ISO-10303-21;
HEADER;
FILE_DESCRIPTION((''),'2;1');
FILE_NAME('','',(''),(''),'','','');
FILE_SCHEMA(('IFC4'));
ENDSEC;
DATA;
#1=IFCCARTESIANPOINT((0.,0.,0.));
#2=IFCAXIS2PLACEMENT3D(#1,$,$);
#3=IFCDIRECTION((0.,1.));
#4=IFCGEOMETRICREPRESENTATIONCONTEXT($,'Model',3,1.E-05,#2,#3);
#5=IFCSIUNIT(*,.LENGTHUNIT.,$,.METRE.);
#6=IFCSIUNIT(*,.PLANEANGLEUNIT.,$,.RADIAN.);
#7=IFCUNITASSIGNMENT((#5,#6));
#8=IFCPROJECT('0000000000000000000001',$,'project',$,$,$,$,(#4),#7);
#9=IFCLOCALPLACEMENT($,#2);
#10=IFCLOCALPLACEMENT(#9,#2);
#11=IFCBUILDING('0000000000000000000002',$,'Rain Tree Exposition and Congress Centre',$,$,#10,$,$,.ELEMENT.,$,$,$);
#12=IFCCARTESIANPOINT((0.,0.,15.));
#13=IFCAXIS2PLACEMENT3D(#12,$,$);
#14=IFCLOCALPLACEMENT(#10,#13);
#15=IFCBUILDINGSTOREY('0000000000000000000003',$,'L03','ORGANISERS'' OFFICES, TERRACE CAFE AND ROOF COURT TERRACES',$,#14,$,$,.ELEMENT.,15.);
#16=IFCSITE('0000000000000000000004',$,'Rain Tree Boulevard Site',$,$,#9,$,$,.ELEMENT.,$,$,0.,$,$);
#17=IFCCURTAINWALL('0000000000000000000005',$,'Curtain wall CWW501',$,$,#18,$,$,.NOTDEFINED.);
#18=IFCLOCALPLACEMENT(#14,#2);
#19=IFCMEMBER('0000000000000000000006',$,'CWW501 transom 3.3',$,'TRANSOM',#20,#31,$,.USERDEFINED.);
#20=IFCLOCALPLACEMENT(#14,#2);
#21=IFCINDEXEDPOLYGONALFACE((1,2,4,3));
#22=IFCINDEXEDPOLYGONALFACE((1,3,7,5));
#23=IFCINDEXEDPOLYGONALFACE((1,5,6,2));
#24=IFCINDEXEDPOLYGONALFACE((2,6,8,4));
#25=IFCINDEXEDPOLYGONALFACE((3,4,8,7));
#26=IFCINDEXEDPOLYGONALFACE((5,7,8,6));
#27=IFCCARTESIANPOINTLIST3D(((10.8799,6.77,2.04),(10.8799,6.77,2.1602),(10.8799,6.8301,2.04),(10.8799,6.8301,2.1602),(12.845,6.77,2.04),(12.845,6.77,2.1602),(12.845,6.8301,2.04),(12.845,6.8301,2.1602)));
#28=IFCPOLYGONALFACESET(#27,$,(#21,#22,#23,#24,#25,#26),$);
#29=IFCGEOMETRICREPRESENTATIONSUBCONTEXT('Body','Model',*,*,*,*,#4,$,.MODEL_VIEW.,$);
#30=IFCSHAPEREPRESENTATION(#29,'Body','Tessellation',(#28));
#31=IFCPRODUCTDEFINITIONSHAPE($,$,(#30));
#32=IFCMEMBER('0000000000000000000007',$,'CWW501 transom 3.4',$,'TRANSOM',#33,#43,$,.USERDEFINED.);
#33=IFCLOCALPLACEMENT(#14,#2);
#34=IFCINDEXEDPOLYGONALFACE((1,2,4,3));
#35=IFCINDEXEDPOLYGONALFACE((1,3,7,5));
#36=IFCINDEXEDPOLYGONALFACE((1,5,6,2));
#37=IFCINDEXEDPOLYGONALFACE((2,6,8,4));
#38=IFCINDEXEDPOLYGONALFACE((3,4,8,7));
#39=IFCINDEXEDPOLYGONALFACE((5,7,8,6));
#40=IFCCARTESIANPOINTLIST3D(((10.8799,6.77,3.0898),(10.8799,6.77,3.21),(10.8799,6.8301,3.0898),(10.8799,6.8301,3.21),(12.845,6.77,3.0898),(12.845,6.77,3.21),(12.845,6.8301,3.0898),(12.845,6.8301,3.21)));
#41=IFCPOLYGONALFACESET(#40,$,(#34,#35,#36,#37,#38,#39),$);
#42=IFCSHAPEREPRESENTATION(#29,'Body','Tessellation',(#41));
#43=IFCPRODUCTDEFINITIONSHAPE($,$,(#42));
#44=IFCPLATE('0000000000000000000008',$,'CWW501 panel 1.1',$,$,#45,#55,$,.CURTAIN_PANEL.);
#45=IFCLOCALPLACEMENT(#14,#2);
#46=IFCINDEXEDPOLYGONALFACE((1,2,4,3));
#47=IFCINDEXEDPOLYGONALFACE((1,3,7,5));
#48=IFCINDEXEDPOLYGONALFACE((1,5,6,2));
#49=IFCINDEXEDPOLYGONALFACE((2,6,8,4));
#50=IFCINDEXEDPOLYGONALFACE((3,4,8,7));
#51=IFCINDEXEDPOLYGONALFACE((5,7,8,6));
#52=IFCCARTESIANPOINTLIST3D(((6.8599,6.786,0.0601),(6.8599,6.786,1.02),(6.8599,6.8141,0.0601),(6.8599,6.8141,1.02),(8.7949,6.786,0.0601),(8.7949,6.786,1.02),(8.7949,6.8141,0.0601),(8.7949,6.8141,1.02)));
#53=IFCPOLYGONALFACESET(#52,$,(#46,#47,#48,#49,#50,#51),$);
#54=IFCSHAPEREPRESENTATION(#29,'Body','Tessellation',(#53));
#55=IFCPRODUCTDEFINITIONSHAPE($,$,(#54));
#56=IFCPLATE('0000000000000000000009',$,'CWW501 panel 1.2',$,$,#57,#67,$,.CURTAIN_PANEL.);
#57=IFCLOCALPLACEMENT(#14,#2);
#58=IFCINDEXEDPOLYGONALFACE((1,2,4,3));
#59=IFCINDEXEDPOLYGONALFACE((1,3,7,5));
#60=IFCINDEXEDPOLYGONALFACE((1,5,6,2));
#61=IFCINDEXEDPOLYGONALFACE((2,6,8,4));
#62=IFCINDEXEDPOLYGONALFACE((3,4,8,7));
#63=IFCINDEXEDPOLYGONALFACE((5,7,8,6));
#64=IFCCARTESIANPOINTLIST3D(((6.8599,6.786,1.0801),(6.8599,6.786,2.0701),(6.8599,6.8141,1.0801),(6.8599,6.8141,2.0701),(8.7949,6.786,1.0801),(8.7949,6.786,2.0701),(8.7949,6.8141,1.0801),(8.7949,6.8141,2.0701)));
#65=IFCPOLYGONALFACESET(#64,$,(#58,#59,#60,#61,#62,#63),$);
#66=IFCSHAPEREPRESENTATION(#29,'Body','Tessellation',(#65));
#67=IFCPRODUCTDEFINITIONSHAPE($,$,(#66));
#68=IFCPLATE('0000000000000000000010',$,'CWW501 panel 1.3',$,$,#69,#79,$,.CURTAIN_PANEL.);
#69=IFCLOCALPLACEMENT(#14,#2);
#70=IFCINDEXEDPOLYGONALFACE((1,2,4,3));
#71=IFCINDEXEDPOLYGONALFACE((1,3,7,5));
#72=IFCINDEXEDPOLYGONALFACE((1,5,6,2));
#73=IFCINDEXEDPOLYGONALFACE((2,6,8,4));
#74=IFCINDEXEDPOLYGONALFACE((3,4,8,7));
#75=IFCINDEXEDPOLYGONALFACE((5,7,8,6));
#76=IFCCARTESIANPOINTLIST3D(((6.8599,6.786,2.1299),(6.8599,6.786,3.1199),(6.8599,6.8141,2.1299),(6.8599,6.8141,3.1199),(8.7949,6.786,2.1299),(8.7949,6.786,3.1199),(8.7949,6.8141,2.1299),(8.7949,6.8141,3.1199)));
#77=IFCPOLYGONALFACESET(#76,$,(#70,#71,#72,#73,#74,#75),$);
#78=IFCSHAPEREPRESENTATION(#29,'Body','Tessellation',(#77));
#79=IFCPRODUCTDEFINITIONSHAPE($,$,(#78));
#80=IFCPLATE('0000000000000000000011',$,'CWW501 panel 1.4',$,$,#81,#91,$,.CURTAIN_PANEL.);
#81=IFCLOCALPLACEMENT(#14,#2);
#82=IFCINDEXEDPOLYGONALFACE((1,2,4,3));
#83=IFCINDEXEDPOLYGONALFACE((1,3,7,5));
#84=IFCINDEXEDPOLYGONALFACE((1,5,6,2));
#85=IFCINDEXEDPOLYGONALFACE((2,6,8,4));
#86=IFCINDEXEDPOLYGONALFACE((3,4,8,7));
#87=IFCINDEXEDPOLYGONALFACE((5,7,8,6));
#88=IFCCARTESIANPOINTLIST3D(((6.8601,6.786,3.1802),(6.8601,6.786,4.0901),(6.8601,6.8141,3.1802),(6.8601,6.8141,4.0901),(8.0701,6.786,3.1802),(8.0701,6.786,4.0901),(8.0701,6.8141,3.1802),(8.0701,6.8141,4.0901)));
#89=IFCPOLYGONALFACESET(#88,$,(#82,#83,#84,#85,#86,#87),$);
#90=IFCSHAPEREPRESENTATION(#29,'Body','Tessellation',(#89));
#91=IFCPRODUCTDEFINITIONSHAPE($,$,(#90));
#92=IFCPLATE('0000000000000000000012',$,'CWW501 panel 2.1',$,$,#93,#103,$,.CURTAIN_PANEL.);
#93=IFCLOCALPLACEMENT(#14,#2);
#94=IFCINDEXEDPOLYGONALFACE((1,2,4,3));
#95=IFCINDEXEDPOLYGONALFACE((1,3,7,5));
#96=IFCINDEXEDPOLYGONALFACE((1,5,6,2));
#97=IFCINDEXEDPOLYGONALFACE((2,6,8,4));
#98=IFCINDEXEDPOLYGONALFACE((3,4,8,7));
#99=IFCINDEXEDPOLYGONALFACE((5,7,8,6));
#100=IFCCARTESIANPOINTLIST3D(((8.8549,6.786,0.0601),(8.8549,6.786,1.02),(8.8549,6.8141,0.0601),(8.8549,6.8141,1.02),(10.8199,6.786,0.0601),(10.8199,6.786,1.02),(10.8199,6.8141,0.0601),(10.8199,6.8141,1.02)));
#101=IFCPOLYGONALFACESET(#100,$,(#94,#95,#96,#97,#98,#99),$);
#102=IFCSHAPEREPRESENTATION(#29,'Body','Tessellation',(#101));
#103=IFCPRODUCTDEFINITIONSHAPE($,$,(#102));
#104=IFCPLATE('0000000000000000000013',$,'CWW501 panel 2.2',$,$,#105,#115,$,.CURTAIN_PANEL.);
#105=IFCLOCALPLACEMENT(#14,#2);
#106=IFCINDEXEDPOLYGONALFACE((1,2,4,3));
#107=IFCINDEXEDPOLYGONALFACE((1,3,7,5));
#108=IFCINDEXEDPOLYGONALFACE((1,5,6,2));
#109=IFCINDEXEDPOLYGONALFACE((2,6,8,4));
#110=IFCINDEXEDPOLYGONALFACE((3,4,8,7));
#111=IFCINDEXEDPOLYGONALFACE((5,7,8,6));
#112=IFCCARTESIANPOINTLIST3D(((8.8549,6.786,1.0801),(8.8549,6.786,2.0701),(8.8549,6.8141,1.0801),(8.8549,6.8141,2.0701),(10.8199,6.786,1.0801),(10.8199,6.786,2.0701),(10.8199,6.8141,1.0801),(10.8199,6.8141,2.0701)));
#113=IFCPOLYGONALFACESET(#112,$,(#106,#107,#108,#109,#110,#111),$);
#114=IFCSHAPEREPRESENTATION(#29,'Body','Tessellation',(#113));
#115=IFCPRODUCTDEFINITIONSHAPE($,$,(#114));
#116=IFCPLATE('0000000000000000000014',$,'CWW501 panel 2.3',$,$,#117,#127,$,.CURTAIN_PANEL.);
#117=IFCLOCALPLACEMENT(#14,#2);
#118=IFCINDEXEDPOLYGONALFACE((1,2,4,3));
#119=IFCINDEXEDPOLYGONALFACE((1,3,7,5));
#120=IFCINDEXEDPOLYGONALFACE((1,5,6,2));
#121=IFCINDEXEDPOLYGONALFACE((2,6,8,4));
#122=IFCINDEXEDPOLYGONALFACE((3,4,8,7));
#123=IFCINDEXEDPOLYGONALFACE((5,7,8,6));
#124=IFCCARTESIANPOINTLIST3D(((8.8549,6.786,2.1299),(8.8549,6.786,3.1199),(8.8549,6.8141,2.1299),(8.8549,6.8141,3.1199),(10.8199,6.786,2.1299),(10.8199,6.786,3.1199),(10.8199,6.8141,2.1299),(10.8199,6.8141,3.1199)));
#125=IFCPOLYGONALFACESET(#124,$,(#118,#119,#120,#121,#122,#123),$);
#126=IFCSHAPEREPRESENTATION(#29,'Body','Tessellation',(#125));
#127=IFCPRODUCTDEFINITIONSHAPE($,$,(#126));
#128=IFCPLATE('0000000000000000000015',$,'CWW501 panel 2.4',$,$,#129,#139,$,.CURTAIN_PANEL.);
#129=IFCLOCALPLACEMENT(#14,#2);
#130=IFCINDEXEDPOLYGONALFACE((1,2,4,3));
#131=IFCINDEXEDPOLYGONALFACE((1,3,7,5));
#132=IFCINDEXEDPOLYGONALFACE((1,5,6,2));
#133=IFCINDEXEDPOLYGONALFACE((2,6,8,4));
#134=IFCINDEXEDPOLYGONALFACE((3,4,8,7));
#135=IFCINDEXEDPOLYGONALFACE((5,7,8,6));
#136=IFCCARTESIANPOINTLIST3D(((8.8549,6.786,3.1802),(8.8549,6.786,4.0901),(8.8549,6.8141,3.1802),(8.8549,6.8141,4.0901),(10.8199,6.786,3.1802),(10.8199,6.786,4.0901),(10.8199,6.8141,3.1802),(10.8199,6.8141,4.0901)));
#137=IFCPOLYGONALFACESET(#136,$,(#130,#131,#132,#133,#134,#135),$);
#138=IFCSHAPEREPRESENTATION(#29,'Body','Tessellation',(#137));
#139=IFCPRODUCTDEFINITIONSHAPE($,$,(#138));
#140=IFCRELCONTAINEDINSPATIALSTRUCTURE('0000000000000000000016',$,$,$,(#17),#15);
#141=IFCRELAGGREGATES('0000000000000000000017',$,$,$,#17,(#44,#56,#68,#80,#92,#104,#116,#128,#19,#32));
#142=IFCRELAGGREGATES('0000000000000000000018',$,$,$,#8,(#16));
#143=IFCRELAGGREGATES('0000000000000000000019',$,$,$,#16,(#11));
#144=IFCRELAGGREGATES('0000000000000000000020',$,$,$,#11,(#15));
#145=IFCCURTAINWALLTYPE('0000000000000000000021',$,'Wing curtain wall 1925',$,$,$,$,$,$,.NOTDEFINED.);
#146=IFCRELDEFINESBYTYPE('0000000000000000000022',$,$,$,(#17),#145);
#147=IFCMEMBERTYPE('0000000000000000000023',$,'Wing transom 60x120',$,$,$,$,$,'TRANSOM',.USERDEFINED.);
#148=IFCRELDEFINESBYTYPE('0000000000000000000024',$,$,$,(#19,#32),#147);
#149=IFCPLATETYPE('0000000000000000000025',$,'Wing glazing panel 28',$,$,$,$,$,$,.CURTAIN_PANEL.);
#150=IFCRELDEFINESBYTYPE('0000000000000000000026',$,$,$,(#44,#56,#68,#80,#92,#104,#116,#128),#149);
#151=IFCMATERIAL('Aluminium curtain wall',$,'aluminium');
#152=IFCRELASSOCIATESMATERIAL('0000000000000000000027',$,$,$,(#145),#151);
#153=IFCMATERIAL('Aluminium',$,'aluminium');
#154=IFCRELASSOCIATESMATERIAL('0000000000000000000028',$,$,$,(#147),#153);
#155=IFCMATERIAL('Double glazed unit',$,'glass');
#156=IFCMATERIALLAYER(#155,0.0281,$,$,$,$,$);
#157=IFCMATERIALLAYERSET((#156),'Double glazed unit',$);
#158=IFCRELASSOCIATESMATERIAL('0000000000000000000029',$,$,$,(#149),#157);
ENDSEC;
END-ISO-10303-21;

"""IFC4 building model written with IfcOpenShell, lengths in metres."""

from ifc_helpers import new_model, si_unit, direction, frame, origin, origin_2d, place, context, subcontext, project, spatial, rectangle, extrude, material, layer, layer_set, material_profile, profile_set, type_object, element, aggregate, save


model = new_model("IFC4")

# Units and contexts
model_context = context("Model", 3, precision=1e-05, world=origin(), true_north=direction((0.0, 1.0)))
body_context = subcontext(model_context, "Body", "Model", "MODEL_VIEW")
ifc_project = project(units=[si_unit("LENGTHUNIT", "METRE"), si_unit("PLANEANGLEUNIT", "RADIAN")], contexts=[model_context])

# Site, building, storey
site_placement = place(None, origin())
site = spatial("IfcSite", under=ifc_project, at=site_placement, Name="Rain Tree Boulevard Site", CompositionType="ELEMENT", RefElevation=0.0)
building_placement = place(site_placement, origin())
building = spatial("IfcBuilding", under=site, at=building_placement, Name="Rain Tree Exposition and Congress Centre", CompositionType="ELEMENT")
storey_placement = place(building_placement, frame((0.0, 0.0, 15.0)))
storey = spatial("IfcBuildingStorey", under=building, at=storey_placement, Name="L03", Description="ORGANISERS' OFFICES, TERRACE CAFE AND ROOF COURT TERRACES", CompositionType="ELEMENT", Elevation=15.0)

# Curtain wall, members, plates
ifc_material_1 = material(Name="Aluminium curtain wall", Category="aluminium")
curtain_wall_type = type_object("IfcCurtainWallType", Name="Wing curtain wall 1925", PredefinedType="NOTDEFINED", material=ifc_material_1)
curtain_wall_placement = place(storey_placement, origin())
curtain_wall = element("IfcCurtainWall", 1, at=curtain_wall_placement, inside=storey, type_object=curtain_wall_type, Name="Curtain wall CWW501", PredefinedType="NOTDEFINED")
ifc_material_2 = material(Name="Aluminium", Category="aluminium")
ifc_material_profile_1 = material_profile(ifc_material_2, rectangle(XDim=0.0601, YDim=0.1201, at=origin_2d()), Name="Aluminium 60x120")
ifc_profile_set_1 = profile_set([ifc_material_profile_1], Name="Aluminium")
member_type_1 = type_object("IfcMemberType", Name="Wing transom 60x120", ElementType="TRANSOM", PredefinedType="USERDEFINED", material=ifc_profile_set_1)
member_1_placement = place(storey_placement, frame((10.8799, 6.8, 2.1001), z_axis=(1.0, 0.0, 0.0), x_axis=(0.0, 1.0, 0.0)))
member_1 = element("IfcMember", 2, at=member_1_placement, type_object=member_type_1, Name="CWW501 transom 3.3", ObjectType="TRANSOM", PredefinedType="USERDEFINED", context=body_context, shape_type="SweptSolid", body=[
    extrude(rectangle(XDim=0.0601, YDim=0.1201, at=origin_2d()), origin(), (0.0, 0.0, 1.0), 1.9651),
])
member_2_placement = place(storey_placement, frame((10.8799, 6.8, 3.1499), z_axis=(1.0, 0.0, 0.0), x_axis=(0.0, 1.0, 0.0)))
member_2 = element("IfcMember", 3, at=member_2_placement, type_object=member_type_1, Name="CWW501 transom 3.4", ObjectType="TRANSOM", PredefinedType="USERDEFINED", context=body_context, shape_type="SweptSolid", body=[
    extrude(rectangle(XDim=0.0601, YDim=0.1201, at=origin_2d()), origin(), (0.0, 0.0, 1.0), 1.9651),
])
ifc_material_3 = material(Name="Double glazed unit", Category="glass")
ifc_layer_1 = layer(ifc_material_3, 0.0281)
ifc_layer_set_1 = layer_set([ifc_layer_1], Name="Double glazed unit")
plate_type = type_object("IfcPlateType", Name="Wing glazing panel 28", PredefinedType="CURTAIN_PANEL", material=ifc_layer_set_1)
plate_1_placement = place(storey_placement, frame((7.8274, 6.8, 0.0601), z_axis=(0.0, 0.0, 1.0), x_axis=(1.0, 0.0, 0.0)))
plate_1 = element("IfcPlate", 4, at=plate_1_placement, type_object=plate_type, Name="CWW501 panel 1.1", PredefinedType="CURTAIN_PANEL", context=body_context, shape_type="SweptSolid", body=[
    extrude(rectangle(XDim=1.9351, YDim=0.0281, at=origin_2d()), origin(), (0.0, 0.0, 1.0), 0.96),
])
plate_2_placement = place(storey_placement, frame((7.8274, 6.8, 1.0801), z_axis=(0.0, 0.0, 1.0), x_axis=(1.0, 0.0, 0.0)))
plate_2 = element("IfcPlate", 5, at=plate_2_placement, type_object=plate_type, Name="CWW501 panel 1.2", PredefinedType="CURTAIN_PANEL", context=body_context, shape_type="SweptSolid", body=[
    extrude(rectangle(XDim=1.9351, YDim=0.0281, at=origin_2d()), origin(), (0.0, 0.0, 1.0), 0.99),
])
plate_3_placement = place(storey_placement, frame((7.8274, 6.8, 2.1299), z_axis=(0.0, 0.0, 1.0), x_axis=(1.0, 0.0, 0.0)))
plate_3 = element("IfcPlate", 6, at=plate_3_placement, type_object=plate_type, Name="CWW501 panel 1.3", PredefinedType="CURTAIN_PANEL", context=body_context, shape_type="SweptSolid", body=[
    extrude(rectangle(XDim=1.9351, YDim=0.0281, at=origin_2d()), origin(), (0.0, 0.0, 1.0), 0.99),
])
plate_4_placement = place(storey_placement, frame((7.4651, 6.8, 3.1802), z_axis=(0.0, 0.0, 1.0), x_axis=(1.0, 0.0, 0.0)))
plate_4 = element("IfcPlate", 7, at=plate_4_placement, type_object=plate_type, Name="CWW501 panel 1.4", PredefinedType="CURTAIN_PANEL", context=body_context, shape_type="SweptSolid", body=[
    extrude(rectangle(XDim=1.21, YDim=0.0281, at=origin_2d()), origin(), (0.0, 0.0, 1.0), 0.9099),
])
plate_5_placement = place(storey_placement, frame((9.8374, 6.8, 0.0601), z_axis=(0.0, 0.0, 1.0), x_axis=(1.0, 0.0, 0.0)))
plate_5 = element("IfcPlate", 8, at=plate_5_placement, type_object=plate_type, Name="CWW501 panel 2.1", PredefinedType="CURTAIN_PANEL", context=body_context, shape_type="SweptSolid", body=[
    extrude(rectangle(XDim=1.9651, YDim=0.0281, at=origin_2d()), origin(), (0.0, 0.0, 1.0), 0.96),
])
plate_6_placement = place(storey_placement, frame((9.8374, 6.8, 1.0801), z_axis=(0.0, 0.0, 1.0), x_axis=(1.0, 0.0, 0.0)))
plate_6 = element("IfcPlate", 9, at=plate_6_placement, type_object=plate_type, Name="CWW501 panel 2.2", PredefinedType="CURTAIN_PANEL", context=body_context, shape_type="SweptSolid", body=[
    extrude(rectangle(XDim=1.9651, YDim=0.0281, at=origin_2d()), origin(), (0.0, 0.0, 1.0), 0.99),
])
plate_7_placement = place(storey_placement, frame((9.8374, 6.8, 2.1299), z_axis=(0.0, 0.0, 1.0), x_axis=(1.0, 0.0, 0.0)))
plate_7 = element("IfcPlate", 10, at=plate_7_placement, type_object=plate_type, Name="CWW501 panel 2.3", PredefinedType="CURTAIN_PANEL", context=body_context, shape_type="SweptSolid", body=[
    extrude(rectangle(XDim=1.9651, YDim=0.0281, at=origin_2d()), origin(), (0.0, 0.0, 1.0), 0.99),
])
plate_8_placement = place(storey_placement, frame((9.8374, 6.8, 3.1802), z_axis=(0.0, 0.0, 1.0), x_axis=(1.0, 0.0, 0.0)))
plate_8 = element("IfcPlate", 11, at=plate_8_placement, type_object=plate_type, Name="CWW501 panel 2.4", PredefinedType="CURTAIN_PANEL", context=body_context, shape_type="SweptSolid", body=[
    extrude(rectangle(XDim=1.9651, YDim=0.0281, at=origin_2d()), origin(), (0.0, 0.0, 1.0), 0.9099),
])
aggregate(curtain_wall, [plate_1, plate_2, plate_3, plate_4, plate_5, plate_6, plate_7, plate_8, member_1, member_2])

save(model, "model.ifc")
